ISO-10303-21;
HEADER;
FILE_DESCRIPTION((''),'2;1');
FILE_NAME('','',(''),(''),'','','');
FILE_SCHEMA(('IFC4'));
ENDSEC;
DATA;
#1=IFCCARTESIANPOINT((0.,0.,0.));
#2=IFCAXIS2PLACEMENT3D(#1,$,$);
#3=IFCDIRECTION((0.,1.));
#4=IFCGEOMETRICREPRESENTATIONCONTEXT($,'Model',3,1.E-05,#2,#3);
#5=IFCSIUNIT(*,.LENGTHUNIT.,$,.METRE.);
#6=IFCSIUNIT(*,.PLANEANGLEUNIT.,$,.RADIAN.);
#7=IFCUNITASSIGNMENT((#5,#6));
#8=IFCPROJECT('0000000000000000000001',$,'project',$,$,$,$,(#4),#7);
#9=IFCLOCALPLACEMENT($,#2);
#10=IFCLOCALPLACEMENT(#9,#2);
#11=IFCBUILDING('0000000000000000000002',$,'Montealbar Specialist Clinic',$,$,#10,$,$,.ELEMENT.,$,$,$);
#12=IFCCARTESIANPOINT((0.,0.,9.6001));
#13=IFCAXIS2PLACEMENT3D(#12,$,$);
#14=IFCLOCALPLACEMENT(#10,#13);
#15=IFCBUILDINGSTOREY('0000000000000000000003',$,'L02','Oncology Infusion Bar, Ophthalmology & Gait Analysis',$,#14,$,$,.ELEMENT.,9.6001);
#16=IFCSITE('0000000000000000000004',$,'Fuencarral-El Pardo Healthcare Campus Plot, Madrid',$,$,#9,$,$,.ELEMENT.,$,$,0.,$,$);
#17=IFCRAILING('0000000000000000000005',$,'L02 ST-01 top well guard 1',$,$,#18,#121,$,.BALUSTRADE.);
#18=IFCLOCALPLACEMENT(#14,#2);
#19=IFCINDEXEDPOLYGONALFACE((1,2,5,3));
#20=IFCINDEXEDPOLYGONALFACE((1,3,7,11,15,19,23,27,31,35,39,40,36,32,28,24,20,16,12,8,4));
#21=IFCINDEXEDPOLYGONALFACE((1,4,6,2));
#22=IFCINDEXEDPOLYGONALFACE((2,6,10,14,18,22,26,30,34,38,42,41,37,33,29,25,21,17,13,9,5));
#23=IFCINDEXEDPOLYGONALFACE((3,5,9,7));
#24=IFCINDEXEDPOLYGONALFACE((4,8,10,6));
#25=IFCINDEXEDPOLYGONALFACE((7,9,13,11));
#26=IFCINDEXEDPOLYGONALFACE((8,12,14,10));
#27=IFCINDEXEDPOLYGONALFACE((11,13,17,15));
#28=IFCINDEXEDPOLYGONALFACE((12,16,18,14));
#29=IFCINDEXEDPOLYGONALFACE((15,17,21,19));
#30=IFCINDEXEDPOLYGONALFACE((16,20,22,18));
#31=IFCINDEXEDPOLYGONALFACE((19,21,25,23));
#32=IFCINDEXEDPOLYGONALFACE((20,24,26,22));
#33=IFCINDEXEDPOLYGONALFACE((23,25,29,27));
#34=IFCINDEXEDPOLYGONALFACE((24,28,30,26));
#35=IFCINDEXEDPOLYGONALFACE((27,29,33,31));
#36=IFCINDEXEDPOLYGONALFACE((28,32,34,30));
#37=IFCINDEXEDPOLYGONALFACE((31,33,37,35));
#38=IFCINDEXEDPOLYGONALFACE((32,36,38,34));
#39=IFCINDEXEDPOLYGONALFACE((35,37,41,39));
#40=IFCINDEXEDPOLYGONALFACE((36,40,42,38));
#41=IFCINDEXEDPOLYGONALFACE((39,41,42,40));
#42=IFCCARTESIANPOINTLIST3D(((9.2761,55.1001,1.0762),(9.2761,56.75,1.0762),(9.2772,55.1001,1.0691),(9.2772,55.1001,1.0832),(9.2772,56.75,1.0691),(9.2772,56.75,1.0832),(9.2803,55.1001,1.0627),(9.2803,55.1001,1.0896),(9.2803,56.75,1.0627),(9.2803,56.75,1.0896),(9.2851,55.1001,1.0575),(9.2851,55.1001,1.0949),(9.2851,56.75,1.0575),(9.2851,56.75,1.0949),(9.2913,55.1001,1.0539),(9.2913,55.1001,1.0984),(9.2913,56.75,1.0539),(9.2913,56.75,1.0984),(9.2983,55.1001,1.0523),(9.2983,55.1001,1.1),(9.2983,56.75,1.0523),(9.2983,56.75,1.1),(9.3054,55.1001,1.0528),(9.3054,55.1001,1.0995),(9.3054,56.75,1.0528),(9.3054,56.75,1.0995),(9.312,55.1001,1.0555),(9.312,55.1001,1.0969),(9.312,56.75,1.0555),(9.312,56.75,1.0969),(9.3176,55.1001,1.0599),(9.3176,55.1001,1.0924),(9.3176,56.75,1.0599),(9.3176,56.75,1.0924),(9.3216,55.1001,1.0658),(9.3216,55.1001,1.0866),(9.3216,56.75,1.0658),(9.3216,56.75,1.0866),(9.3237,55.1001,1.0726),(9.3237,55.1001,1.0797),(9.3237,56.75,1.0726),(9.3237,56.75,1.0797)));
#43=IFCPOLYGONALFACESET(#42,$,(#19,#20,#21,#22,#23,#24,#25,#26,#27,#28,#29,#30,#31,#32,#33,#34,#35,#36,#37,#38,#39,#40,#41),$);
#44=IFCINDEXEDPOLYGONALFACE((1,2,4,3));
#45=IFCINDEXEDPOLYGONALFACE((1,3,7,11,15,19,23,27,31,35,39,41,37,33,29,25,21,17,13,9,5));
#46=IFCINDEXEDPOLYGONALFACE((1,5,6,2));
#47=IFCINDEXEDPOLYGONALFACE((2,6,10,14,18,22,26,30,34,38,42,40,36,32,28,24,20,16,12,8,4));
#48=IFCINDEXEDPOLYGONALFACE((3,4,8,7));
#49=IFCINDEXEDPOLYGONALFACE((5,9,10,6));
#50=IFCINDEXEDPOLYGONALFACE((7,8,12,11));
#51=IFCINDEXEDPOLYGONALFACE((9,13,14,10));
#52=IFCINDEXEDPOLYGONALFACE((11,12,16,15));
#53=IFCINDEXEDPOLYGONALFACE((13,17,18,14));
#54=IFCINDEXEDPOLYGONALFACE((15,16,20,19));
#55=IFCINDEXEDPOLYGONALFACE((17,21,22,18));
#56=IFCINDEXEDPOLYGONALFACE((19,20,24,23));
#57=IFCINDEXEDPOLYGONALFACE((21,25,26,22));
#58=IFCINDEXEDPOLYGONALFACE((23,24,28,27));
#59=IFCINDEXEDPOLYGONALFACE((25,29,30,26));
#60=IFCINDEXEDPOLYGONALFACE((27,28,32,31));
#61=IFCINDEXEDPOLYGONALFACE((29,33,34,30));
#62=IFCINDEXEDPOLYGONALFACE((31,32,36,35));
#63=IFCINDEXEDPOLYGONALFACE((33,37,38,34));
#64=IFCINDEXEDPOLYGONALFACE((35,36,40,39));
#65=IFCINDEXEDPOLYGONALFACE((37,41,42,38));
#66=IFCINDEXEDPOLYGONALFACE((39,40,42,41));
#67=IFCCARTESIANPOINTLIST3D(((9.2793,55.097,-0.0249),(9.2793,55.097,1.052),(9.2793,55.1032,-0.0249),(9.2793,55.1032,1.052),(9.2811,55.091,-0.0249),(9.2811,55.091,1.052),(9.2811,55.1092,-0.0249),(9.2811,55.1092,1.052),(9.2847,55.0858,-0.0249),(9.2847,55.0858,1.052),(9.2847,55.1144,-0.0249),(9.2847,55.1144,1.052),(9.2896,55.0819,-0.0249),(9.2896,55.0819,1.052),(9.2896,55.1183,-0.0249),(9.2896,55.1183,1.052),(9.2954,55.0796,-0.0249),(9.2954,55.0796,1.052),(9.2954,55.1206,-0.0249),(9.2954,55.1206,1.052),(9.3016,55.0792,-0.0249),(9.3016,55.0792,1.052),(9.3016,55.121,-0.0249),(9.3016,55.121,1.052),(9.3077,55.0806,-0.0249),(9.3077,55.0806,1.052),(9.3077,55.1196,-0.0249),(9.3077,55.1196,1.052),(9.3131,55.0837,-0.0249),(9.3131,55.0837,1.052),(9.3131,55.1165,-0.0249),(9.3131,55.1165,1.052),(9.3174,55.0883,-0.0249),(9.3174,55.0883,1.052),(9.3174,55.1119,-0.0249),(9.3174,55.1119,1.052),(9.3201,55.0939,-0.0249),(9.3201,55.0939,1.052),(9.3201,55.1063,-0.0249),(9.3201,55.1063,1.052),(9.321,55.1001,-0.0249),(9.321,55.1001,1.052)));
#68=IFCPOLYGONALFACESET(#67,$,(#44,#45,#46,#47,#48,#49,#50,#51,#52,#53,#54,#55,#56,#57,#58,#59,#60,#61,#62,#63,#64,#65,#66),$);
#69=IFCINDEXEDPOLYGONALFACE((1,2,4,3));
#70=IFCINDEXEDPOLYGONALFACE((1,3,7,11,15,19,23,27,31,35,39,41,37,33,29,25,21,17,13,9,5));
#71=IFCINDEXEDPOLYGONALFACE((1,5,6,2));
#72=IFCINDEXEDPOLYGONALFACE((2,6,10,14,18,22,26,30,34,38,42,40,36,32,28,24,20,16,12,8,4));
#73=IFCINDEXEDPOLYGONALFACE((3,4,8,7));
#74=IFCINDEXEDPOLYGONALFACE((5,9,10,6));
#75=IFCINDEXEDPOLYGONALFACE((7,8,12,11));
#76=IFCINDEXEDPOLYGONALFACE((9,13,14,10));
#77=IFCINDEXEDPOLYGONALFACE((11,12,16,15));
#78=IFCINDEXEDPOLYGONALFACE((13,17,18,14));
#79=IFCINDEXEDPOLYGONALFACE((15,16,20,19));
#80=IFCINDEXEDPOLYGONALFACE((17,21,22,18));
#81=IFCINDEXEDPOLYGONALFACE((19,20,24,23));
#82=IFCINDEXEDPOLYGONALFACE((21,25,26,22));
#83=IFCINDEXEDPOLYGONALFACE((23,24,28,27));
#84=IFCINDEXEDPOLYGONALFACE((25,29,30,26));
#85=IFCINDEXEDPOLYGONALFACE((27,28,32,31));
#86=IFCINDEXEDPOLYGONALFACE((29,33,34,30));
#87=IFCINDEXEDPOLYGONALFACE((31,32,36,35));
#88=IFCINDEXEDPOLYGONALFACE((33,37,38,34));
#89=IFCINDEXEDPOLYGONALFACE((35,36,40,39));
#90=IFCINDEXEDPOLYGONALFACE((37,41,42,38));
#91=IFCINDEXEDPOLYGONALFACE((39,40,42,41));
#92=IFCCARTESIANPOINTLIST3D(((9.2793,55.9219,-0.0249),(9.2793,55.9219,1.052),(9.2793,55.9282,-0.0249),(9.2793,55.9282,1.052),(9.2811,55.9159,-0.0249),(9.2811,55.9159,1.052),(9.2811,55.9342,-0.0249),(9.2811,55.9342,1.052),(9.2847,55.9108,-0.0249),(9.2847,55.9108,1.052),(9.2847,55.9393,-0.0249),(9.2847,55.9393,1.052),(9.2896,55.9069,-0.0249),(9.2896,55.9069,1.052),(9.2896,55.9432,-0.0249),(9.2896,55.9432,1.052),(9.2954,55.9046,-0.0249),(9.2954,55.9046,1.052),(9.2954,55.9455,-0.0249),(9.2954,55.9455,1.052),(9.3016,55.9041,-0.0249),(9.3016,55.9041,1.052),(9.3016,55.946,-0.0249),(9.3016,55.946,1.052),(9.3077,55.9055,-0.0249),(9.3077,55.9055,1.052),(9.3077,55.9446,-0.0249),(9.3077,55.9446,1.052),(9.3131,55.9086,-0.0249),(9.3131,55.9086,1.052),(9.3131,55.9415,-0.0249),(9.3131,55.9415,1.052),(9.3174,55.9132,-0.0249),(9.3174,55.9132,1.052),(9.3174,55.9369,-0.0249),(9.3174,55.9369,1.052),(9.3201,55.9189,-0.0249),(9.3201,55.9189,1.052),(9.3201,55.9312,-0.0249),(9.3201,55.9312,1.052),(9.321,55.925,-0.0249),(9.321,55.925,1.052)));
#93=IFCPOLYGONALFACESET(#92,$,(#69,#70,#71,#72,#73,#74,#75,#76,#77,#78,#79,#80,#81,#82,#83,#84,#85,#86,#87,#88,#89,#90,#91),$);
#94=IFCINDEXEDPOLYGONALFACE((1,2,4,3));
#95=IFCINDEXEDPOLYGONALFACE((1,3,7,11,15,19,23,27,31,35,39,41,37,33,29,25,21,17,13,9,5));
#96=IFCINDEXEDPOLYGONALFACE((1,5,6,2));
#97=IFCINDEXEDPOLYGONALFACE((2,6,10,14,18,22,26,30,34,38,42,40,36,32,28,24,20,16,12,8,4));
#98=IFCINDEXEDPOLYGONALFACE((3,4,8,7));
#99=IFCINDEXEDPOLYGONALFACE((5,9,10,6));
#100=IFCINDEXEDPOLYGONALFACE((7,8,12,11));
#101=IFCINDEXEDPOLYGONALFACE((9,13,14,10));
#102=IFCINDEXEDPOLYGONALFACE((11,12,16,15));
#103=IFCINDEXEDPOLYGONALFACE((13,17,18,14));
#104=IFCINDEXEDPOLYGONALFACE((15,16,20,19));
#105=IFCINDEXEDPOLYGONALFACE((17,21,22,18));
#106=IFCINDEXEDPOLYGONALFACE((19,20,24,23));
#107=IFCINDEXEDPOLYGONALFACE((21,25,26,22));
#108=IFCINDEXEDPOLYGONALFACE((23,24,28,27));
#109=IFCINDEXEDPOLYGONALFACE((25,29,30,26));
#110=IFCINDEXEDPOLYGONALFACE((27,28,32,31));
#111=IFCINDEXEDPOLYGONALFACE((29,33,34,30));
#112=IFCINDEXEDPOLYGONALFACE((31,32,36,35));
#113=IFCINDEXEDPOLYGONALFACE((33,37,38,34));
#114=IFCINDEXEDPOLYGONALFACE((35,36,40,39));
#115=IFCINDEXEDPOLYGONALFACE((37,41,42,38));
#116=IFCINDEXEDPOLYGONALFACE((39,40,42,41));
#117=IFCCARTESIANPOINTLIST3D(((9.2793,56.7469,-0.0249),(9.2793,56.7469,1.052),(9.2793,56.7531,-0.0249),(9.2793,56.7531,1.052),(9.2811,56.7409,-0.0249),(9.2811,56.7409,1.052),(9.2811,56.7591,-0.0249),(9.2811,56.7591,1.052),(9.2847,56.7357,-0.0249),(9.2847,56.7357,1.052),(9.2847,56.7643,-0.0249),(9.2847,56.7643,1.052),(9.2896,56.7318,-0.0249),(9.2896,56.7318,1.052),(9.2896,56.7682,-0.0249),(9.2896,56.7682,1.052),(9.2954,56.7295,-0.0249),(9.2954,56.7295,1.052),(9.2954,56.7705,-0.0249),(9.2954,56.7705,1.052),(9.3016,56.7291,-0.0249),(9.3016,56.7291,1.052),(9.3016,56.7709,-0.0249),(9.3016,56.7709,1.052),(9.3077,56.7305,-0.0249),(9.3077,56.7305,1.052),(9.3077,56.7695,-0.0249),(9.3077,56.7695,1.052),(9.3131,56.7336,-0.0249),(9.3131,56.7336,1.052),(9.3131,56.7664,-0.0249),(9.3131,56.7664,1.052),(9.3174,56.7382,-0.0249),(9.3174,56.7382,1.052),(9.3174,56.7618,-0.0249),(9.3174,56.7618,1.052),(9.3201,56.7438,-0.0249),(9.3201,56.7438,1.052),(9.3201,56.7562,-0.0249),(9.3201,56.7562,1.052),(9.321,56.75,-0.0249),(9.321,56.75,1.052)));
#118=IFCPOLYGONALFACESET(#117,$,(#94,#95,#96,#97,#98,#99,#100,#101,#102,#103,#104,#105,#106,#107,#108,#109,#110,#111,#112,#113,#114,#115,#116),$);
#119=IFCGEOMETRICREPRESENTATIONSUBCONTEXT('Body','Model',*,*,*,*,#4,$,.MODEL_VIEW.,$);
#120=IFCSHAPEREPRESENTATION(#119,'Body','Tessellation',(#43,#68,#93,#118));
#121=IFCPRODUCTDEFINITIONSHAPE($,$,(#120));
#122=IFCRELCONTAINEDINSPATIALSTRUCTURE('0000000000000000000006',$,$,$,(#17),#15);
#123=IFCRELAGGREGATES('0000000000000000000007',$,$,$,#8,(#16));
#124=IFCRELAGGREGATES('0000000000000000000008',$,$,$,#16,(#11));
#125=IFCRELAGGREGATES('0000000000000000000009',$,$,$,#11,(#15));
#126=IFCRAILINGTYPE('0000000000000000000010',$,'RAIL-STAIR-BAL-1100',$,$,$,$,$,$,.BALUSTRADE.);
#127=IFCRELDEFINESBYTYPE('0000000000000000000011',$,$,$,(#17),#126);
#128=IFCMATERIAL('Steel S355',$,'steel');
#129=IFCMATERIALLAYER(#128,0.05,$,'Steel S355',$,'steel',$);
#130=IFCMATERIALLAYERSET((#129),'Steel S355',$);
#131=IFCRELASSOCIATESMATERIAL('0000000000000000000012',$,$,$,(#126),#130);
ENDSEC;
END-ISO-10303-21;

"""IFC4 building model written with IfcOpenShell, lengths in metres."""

from ifc_helpers import new_model, si_unit, direction, frame, origin, origin_2d, place, context, subcontext, project, spatial, circle, extrude, material, layer, layer_set, type_object, element, save


model = new_model("IFC4")

# Units and contexts
model_context = context("Model", 3, precision=1e-05, world=origin(), true_north=direction((0.0, 1.0)))
body_context = subcontext(model_context, "Body", "Model", "MODEL_VIEW")
ifc_project = project(units=[si_unit("LENGTHUNIT", "METRE"), si_unit("PLANEANGLEUNIT", "RADIAN")], contexts=[model_context])

# Site, building, storey
site_placement = place(None, origin())
site = spatial("IfcSite", under=ifc_project, at=site_placement, Name="Fuencarral-El Pardo Healthcare Campus Plot, Madrid", CompositionType="ELEMENT", RefElevation=0.0)
building_placement = place(site_placement, origin())
building = spatial("IfcBuilding", under=site, at=building_placement, Name="Montealbar Specialist Clinic", CompositionType="ELEMENT")
storey_placement = place(building_placement, frame((0.0, 0.0, 9.6001)))
storey = spatial("IfcBuildingStorey", under=building, at=storey_placement, Name="L02", Description="Oncology Infusion Bar, Ophthalmology & Gait Analysis", CompositionType="ELEMENT", Elevation=9.6001)

# Shared definitions
ifc_material_1 = material(Name="Steel S355", Category="steel")

# Railing
ifc_layer_1 = layer(ifc_material_1, 0.05, Name="Steel S355", Category="steel")
ifc_layer_set_1 = layer_set([ifc_layer_1], Name="Steel S355")
railing_type = type_object("IfcRailingType", Name="RAIL-STAIR-BAL-1100", PredefinedType="BALUSTRADE", material=ifc_layer_set_1)
railing_placement = place(storey_placement, frame((9.3, 55.1001, 0.0)))
element("IfcRailing", 1, at=railing_placement, inside=storey, type_object=railing_type, Name="L02 ST-01 top well guard 1", PredefinedType="BALUSTRADE", context=body_context, shape_type="SweptSolid", body=[
    extrude(circle(Radius=0.0239, at=origin_2d()), frame((0.0, 0.0, 1.0762), z_axis=(0.0, 1.0, 0.0), x_axis=(-1.0, 0.0, 0.0)), (0.0, 0.0, 1.0), 1.6499),
    extrude(circle(Radius=0.021, at=origin_2d()), frame((0.0, 0.0, -0.0249)), (0.0, 0.0, 1.0), 1.0769),
    extrude(circle(Radius=0.021, at=origin_2d()), frame((0.0, 0.825, -0.0249)), (0.0, 0.0, 1.0), 1.0769),
    extrude(circle(Radius=0.021, at=origin_2d()), frame((0.0, 1.6499, -0.0249)), (0.0, 0.0, 1.0), 1.0769),
])

save(model, "model.ifc")
